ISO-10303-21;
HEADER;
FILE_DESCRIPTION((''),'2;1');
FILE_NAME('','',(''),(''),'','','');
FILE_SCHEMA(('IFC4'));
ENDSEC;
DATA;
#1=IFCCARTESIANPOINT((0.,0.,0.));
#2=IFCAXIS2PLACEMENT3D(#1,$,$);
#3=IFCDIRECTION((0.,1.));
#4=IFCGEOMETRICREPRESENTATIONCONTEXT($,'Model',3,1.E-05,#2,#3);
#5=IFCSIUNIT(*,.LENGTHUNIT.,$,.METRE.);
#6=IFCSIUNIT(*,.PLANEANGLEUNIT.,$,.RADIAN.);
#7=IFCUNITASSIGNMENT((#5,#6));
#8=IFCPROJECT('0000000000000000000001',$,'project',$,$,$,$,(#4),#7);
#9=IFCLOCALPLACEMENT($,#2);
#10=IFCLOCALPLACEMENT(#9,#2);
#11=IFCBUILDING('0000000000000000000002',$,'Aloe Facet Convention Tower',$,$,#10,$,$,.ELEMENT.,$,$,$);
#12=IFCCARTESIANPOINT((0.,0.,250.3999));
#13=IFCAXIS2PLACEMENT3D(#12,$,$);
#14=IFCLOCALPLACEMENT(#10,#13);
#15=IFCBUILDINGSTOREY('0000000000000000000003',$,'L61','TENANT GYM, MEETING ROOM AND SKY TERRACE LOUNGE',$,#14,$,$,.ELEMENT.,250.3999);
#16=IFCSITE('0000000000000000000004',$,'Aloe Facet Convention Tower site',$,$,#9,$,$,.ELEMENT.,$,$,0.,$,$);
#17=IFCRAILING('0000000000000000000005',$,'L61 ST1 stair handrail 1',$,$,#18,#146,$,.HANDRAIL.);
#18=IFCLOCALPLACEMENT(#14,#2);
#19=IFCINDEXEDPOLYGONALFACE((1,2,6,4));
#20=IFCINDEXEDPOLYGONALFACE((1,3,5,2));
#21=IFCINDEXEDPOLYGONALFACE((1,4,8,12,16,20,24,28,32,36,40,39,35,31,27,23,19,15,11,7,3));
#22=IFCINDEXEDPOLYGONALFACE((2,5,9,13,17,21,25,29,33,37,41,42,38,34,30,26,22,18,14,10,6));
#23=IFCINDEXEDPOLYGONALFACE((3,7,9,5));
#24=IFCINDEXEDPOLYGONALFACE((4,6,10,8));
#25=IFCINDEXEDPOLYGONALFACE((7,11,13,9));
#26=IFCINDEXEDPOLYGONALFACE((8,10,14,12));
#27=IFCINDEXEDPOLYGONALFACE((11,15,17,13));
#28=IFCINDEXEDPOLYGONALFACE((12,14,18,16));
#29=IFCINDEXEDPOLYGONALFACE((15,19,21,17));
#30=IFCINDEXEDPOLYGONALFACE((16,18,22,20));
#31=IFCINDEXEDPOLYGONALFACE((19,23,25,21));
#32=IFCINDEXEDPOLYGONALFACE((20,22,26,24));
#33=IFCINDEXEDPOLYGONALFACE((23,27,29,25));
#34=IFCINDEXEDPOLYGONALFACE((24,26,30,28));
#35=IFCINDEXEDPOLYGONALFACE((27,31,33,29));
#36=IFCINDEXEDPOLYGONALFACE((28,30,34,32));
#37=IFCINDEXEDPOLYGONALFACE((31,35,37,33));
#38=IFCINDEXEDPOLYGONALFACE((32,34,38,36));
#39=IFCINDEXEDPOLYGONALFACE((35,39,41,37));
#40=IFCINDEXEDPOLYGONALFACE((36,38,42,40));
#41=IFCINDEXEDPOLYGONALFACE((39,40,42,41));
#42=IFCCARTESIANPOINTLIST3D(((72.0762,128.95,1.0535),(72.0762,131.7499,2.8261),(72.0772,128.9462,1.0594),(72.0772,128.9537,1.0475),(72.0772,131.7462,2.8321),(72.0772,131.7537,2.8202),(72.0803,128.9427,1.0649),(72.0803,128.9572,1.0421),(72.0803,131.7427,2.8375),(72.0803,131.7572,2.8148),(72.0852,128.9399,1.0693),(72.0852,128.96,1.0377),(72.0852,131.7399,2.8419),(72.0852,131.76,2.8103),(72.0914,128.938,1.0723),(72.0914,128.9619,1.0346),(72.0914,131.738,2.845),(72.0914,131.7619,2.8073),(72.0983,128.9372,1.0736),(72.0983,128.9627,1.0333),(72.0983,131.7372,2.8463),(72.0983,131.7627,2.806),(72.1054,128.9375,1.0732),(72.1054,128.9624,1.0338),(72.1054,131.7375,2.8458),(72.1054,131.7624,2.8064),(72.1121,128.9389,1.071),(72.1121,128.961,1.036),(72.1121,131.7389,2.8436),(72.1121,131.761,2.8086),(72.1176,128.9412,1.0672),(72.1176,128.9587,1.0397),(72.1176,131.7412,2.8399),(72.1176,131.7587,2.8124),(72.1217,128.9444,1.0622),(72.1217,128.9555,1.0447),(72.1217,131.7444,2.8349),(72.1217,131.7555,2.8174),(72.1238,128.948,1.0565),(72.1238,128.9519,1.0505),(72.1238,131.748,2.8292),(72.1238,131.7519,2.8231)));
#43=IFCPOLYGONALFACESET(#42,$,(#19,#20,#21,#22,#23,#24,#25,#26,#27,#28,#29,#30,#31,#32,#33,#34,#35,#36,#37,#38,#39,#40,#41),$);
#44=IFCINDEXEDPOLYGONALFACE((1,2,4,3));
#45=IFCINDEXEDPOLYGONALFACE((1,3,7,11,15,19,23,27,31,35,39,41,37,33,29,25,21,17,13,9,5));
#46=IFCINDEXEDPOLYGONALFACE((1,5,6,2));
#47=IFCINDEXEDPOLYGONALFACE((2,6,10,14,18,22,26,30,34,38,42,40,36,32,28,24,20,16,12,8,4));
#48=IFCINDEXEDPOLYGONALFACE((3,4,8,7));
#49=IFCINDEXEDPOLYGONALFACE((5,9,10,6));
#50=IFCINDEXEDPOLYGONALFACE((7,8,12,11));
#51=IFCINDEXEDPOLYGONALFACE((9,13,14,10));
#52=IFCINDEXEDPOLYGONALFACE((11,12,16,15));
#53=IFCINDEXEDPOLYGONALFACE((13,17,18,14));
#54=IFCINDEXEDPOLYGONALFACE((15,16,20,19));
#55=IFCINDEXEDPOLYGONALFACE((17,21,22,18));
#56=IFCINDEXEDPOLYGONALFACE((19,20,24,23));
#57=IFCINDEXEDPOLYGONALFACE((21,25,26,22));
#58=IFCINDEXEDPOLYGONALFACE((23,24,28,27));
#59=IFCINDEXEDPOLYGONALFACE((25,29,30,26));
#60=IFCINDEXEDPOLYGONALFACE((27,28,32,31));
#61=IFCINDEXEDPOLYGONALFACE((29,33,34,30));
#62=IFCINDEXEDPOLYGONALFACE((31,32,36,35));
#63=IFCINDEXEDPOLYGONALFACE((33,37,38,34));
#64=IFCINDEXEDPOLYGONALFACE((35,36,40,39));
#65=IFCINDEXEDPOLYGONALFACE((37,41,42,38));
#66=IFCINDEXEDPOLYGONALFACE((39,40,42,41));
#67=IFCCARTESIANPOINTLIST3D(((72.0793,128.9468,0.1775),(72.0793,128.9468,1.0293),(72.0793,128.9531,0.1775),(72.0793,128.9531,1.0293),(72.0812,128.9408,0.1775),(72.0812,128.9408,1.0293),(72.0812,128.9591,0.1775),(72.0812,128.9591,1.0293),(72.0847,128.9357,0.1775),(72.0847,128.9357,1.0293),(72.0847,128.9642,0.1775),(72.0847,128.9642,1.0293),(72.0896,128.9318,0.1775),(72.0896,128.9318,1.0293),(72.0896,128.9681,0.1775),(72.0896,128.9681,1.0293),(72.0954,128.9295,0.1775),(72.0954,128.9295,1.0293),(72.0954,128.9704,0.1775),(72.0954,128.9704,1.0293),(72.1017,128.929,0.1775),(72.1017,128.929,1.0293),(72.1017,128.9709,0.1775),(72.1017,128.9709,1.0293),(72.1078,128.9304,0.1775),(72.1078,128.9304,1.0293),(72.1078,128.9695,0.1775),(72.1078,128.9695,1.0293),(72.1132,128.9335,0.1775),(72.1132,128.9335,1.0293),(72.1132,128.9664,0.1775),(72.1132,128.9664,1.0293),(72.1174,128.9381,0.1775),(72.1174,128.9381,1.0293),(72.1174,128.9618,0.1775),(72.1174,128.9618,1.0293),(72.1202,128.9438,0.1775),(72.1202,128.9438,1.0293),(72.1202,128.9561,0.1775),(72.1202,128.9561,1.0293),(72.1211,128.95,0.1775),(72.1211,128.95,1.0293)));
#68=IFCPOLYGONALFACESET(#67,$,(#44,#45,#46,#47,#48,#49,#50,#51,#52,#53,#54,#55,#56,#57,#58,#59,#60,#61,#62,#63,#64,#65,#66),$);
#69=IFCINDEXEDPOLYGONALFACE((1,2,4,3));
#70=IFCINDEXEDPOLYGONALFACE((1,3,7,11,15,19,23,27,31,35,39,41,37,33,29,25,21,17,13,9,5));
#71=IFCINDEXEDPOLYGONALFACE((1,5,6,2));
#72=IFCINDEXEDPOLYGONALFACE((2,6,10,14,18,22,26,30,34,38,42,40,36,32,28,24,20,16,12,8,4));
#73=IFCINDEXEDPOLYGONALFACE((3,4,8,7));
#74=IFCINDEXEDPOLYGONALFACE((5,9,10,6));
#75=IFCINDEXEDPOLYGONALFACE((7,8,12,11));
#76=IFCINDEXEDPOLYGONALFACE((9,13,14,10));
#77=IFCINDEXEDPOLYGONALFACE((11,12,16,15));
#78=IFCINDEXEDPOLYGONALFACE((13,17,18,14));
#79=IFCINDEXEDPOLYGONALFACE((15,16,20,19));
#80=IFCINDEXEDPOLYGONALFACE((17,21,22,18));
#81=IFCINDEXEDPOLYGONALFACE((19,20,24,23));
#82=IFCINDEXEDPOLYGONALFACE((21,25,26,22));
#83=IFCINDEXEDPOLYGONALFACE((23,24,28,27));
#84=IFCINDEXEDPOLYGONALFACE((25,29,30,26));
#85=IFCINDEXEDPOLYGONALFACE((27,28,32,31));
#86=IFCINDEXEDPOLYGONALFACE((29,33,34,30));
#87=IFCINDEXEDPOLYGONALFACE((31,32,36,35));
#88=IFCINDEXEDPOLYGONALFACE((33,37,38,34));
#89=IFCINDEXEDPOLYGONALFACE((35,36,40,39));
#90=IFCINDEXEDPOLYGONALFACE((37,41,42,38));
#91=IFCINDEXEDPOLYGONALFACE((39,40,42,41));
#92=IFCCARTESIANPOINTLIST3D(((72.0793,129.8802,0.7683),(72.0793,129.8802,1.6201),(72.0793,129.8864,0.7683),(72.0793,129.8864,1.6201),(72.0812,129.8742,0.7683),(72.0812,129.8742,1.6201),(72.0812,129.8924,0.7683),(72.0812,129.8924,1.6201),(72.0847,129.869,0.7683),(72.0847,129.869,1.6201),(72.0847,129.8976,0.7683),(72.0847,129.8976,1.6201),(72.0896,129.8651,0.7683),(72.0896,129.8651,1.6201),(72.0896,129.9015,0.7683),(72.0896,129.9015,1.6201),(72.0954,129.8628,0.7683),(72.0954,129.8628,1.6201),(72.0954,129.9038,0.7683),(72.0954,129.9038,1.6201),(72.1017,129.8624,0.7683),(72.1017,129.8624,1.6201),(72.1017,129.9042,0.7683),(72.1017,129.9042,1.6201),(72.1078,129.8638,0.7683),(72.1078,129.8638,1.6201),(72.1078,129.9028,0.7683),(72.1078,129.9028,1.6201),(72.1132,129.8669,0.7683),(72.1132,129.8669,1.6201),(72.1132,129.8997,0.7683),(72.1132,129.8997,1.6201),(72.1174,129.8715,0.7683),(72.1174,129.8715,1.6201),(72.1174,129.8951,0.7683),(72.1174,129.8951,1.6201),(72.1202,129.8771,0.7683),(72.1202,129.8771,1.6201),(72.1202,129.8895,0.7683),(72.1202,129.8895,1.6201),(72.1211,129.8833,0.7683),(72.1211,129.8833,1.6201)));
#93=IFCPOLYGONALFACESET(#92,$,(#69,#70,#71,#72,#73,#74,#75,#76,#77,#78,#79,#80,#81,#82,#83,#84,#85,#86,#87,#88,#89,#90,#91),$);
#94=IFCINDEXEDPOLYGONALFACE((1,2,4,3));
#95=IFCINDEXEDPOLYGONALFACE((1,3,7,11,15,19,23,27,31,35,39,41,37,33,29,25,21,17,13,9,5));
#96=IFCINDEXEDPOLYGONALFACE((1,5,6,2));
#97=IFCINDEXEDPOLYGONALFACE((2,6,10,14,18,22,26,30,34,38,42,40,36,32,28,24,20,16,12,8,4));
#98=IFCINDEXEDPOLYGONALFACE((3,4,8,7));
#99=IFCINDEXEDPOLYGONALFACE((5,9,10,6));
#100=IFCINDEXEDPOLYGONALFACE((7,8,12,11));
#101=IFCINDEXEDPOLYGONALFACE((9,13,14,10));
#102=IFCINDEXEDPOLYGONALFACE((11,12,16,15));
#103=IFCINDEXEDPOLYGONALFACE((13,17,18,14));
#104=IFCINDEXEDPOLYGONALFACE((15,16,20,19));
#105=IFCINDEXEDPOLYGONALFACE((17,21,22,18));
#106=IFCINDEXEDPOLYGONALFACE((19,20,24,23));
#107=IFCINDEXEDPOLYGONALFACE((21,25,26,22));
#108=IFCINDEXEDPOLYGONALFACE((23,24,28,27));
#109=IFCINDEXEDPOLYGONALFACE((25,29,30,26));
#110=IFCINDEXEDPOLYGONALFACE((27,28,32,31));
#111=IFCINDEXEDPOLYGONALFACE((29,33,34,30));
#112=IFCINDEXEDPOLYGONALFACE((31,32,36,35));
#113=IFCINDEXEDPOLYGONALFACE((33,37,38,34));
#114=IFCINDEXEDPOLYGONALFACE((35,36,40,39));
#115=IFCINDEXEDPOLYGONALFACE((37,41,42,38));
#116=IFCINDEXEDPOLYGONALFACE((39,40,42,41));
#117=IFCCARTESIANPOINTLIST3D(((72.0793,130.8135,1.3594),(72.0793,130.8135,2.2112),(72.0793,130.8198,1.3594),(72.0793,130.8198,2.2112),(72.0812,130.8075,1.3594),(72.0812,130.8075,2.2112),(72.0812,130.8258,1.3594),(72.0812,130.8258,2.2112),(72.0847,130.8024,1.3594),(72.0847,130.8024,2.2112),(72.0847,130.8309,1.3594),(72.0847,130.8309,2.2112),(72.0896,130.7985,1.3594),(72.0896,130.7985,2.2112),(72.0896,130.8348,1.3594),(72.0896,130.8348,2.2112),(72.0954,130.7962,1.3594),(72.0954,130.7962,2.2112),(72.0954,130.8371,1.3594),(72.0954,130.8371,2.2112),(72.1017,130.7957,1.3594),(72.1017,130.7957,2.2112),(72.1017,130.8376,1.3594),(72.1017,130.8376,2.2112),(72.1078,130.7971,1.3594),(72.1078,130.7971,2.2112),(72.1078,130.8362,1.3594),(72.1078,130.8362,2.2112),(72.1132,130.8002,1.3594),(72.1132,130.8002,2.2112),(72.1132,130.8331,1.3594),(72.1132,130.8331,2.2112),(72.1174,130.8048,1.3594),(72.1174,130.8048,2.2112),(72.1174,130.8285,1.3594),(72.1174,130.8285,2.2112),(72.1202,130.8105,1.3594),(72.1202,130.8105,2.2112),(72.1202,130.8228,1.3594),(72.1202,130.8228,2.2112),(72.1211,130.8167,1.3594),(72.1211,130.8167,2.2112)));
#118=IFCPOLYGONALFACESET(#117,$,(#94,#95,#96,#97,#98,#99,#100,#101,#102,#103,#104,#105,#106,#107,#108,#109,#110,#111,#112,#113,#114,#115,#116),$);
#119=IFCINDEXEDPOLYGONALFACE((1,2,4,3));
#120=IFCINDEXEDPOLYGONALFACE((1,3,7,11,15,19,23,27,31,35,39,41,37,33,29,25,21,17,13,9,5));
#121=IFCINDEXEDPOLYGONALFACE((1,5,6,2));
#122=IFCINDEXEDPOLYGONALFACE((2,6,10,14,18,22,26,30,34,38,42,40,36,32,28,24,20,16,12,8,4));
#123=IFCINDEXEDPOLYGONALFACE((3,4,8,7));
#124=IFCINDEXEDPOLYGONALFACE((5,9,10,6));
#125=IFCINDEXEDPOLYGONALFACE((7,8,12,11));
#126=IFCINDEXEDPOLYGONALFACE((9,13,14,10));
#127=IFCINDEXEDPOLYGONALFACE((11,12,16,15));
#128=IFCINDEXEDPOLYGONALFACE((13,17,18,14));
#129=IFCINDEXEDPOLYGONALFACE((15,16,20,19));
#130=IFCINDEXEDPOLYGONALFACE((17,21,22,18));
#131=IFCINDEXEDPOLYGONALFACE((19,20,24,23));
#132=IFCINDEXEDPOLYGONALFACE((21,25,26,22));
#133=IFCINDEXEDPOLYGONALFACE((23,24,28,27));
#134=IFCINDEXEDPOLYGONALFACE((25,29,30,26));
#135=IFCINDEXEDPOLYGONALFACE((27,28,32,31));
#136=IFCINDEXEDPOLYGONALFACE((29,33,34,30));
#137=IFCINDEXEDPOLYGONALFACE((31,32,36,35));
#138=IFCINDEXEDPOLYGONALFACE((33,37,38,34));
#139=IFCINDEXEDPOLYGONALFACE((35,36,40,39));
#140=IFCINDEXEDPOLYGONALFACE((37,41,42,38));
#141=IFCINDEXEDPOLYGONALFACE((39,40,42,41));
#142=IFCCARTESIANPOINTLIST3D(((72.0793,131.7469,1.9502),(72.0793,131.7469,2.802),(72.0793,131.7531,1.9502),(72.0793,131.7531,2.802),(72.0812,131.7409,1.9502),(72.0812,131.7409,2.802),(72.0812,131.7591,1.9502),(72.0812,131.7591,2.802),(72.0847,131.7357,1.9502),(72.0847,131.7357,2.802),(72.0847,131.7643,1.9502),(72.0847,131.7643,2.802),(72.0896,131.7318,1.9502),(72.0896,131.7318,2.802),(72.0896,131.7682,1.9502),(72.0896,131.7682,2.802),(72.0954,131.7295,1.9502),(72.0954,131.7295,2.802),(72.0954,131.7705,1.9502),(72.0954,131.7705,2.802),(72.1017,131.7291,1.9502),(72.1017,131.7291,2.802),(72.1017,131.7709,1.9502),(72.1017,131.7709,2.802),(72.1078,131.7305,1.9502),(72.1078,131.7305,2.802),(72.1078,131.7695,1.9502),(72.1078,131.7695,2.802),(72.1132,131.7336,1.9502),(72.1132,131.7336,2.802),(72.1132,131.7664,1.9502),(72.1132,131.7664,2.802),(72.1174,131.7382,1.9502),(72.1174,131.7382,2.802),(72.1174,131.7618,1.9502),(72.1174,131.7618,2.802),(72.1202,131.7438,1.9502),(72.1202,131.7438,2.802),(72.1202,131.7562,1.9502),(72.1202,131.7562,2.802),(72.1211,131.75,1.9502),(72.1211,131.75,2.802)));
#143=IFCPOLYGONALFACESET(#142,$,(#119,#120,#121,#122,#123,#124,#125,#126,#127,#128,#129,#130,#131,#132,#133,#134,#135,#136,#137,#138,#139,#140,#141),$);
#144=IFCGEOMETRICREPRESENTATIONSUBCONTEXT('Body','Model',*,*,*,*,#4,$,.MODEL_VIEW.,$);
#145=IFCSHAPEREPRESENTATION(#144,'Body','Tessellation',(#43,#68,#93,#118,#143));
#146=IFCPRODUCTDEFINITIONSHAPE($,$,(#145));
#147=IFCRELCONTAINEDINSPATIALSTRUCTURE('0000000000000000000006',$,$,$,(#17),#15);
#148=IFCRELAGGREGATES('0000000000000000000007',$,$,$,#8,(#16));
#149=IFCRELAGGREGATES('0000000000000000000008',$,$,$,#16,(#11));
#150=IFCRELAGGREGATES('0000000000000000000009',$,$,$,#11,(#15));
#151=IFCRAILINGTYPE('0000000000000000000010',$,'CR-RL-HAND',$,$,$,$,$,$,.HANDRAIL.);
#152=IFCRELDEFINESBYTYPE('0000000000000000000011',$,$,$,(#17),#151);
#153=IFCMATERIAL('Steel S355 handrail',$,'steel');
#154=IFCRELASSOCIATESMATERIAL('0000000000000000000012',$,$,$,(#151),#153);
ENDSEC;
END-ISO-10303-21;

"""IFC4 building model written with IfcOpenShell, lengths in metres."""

from ifc_helpers import new_model, si_unit, direction, frame, origin, origin_2d, place, context, subcontext, project, spatial, circle, extrude, material, type_object, element, save


model = new_model("IFC4")

# Units and contexts
model_context = context("Model", 3, precision=1e-05, world=origin(), true_north=direction((0.0, 1.0)))
body_context = subcontext(model_context, "Body", "Model", "MODEL_VIEW")
ifc_project = project(units=[si_unit("LENGTHUNIT", "METRE"), si_unit("PLANEANGLEUNIT", "RADIAN")], contexts=[model_context])

# Site, building, storey
site_placement = place(None, origin())
site = spatial("IfcSite", under=ifc_project, at=site_placement, Name="Aloe Facet Convention Tower site", CompositionType="ELEMENT", RefElevation=0.0)
building_placement = place(site_placement, origin())
building = spatial("IfcBuilding", under=site, at=building_placement, Name="Aloe Facet Convention Tower", CompositionType="ELEMENT")
storey_placement = place(building_placement, frame((0.0, 0.0, 250.3999)))
storey = spatial("IfcBuildingStorey", under=building, at=storey_placement, Name="L61", Description="TENANT GYM, MEETING ROOM AND SKY TERRACE LOUNGE", CompositionType="ELEMENT", Elevation=250.3999)

# Railing
ifc_material_1 = material(Name="Steel S355 handrail", Category="steel")
railing_type_1 = type_object("IfcRailingType", Name="CR-RL-HAND", PredefinedType="HANDRAIL", material=ifc_material_1)
railing_1_placement = place(storey_placement, frame((72.1001, 128.95, 0.1775)))
element("IfcRailing", 1, at=railing_1_placement, inside=storey, type_object=railing_type_1, Name="L61 ST1 stair handrail 1", PredefinedType="HANDRAIL", context=body_context, shape_type="SweptSolid", body=[
    extrude(circle(Radius=0.0239, at=origin_2d()), frame((0.0, 0.0, 0.876), z_axis=(0.0, 0.844909, 0.53491), x_axis=(-1.0, 0.0, 0.0)), (0.0, 0.0, 1.0), 3.314),
    extrude(circle(Radius=0.021, at=origin_2d()), origin(), (0.0, 0.0, 1.0), 0.8518),
    extrude(circle(Radius=0.021, at=origin_2d()), frame((0.0, 0.9333, 0.5908)), (0.0, 0.0, 1.0), 0.8518),
    extrude(circle(Radius=0.021, at=origin_2d()), frame((0.0, 1.8667, 1.1819)), (0.0, 0.0, 1.0), 0.8518),
    extrude(circle(Radius=0.021, at=origin_2d()), frame((0.0, 2.8, 1.7727)), (0.0, 0.0, 1.0), 0.8518),
])

save(model, "model.ifc")
